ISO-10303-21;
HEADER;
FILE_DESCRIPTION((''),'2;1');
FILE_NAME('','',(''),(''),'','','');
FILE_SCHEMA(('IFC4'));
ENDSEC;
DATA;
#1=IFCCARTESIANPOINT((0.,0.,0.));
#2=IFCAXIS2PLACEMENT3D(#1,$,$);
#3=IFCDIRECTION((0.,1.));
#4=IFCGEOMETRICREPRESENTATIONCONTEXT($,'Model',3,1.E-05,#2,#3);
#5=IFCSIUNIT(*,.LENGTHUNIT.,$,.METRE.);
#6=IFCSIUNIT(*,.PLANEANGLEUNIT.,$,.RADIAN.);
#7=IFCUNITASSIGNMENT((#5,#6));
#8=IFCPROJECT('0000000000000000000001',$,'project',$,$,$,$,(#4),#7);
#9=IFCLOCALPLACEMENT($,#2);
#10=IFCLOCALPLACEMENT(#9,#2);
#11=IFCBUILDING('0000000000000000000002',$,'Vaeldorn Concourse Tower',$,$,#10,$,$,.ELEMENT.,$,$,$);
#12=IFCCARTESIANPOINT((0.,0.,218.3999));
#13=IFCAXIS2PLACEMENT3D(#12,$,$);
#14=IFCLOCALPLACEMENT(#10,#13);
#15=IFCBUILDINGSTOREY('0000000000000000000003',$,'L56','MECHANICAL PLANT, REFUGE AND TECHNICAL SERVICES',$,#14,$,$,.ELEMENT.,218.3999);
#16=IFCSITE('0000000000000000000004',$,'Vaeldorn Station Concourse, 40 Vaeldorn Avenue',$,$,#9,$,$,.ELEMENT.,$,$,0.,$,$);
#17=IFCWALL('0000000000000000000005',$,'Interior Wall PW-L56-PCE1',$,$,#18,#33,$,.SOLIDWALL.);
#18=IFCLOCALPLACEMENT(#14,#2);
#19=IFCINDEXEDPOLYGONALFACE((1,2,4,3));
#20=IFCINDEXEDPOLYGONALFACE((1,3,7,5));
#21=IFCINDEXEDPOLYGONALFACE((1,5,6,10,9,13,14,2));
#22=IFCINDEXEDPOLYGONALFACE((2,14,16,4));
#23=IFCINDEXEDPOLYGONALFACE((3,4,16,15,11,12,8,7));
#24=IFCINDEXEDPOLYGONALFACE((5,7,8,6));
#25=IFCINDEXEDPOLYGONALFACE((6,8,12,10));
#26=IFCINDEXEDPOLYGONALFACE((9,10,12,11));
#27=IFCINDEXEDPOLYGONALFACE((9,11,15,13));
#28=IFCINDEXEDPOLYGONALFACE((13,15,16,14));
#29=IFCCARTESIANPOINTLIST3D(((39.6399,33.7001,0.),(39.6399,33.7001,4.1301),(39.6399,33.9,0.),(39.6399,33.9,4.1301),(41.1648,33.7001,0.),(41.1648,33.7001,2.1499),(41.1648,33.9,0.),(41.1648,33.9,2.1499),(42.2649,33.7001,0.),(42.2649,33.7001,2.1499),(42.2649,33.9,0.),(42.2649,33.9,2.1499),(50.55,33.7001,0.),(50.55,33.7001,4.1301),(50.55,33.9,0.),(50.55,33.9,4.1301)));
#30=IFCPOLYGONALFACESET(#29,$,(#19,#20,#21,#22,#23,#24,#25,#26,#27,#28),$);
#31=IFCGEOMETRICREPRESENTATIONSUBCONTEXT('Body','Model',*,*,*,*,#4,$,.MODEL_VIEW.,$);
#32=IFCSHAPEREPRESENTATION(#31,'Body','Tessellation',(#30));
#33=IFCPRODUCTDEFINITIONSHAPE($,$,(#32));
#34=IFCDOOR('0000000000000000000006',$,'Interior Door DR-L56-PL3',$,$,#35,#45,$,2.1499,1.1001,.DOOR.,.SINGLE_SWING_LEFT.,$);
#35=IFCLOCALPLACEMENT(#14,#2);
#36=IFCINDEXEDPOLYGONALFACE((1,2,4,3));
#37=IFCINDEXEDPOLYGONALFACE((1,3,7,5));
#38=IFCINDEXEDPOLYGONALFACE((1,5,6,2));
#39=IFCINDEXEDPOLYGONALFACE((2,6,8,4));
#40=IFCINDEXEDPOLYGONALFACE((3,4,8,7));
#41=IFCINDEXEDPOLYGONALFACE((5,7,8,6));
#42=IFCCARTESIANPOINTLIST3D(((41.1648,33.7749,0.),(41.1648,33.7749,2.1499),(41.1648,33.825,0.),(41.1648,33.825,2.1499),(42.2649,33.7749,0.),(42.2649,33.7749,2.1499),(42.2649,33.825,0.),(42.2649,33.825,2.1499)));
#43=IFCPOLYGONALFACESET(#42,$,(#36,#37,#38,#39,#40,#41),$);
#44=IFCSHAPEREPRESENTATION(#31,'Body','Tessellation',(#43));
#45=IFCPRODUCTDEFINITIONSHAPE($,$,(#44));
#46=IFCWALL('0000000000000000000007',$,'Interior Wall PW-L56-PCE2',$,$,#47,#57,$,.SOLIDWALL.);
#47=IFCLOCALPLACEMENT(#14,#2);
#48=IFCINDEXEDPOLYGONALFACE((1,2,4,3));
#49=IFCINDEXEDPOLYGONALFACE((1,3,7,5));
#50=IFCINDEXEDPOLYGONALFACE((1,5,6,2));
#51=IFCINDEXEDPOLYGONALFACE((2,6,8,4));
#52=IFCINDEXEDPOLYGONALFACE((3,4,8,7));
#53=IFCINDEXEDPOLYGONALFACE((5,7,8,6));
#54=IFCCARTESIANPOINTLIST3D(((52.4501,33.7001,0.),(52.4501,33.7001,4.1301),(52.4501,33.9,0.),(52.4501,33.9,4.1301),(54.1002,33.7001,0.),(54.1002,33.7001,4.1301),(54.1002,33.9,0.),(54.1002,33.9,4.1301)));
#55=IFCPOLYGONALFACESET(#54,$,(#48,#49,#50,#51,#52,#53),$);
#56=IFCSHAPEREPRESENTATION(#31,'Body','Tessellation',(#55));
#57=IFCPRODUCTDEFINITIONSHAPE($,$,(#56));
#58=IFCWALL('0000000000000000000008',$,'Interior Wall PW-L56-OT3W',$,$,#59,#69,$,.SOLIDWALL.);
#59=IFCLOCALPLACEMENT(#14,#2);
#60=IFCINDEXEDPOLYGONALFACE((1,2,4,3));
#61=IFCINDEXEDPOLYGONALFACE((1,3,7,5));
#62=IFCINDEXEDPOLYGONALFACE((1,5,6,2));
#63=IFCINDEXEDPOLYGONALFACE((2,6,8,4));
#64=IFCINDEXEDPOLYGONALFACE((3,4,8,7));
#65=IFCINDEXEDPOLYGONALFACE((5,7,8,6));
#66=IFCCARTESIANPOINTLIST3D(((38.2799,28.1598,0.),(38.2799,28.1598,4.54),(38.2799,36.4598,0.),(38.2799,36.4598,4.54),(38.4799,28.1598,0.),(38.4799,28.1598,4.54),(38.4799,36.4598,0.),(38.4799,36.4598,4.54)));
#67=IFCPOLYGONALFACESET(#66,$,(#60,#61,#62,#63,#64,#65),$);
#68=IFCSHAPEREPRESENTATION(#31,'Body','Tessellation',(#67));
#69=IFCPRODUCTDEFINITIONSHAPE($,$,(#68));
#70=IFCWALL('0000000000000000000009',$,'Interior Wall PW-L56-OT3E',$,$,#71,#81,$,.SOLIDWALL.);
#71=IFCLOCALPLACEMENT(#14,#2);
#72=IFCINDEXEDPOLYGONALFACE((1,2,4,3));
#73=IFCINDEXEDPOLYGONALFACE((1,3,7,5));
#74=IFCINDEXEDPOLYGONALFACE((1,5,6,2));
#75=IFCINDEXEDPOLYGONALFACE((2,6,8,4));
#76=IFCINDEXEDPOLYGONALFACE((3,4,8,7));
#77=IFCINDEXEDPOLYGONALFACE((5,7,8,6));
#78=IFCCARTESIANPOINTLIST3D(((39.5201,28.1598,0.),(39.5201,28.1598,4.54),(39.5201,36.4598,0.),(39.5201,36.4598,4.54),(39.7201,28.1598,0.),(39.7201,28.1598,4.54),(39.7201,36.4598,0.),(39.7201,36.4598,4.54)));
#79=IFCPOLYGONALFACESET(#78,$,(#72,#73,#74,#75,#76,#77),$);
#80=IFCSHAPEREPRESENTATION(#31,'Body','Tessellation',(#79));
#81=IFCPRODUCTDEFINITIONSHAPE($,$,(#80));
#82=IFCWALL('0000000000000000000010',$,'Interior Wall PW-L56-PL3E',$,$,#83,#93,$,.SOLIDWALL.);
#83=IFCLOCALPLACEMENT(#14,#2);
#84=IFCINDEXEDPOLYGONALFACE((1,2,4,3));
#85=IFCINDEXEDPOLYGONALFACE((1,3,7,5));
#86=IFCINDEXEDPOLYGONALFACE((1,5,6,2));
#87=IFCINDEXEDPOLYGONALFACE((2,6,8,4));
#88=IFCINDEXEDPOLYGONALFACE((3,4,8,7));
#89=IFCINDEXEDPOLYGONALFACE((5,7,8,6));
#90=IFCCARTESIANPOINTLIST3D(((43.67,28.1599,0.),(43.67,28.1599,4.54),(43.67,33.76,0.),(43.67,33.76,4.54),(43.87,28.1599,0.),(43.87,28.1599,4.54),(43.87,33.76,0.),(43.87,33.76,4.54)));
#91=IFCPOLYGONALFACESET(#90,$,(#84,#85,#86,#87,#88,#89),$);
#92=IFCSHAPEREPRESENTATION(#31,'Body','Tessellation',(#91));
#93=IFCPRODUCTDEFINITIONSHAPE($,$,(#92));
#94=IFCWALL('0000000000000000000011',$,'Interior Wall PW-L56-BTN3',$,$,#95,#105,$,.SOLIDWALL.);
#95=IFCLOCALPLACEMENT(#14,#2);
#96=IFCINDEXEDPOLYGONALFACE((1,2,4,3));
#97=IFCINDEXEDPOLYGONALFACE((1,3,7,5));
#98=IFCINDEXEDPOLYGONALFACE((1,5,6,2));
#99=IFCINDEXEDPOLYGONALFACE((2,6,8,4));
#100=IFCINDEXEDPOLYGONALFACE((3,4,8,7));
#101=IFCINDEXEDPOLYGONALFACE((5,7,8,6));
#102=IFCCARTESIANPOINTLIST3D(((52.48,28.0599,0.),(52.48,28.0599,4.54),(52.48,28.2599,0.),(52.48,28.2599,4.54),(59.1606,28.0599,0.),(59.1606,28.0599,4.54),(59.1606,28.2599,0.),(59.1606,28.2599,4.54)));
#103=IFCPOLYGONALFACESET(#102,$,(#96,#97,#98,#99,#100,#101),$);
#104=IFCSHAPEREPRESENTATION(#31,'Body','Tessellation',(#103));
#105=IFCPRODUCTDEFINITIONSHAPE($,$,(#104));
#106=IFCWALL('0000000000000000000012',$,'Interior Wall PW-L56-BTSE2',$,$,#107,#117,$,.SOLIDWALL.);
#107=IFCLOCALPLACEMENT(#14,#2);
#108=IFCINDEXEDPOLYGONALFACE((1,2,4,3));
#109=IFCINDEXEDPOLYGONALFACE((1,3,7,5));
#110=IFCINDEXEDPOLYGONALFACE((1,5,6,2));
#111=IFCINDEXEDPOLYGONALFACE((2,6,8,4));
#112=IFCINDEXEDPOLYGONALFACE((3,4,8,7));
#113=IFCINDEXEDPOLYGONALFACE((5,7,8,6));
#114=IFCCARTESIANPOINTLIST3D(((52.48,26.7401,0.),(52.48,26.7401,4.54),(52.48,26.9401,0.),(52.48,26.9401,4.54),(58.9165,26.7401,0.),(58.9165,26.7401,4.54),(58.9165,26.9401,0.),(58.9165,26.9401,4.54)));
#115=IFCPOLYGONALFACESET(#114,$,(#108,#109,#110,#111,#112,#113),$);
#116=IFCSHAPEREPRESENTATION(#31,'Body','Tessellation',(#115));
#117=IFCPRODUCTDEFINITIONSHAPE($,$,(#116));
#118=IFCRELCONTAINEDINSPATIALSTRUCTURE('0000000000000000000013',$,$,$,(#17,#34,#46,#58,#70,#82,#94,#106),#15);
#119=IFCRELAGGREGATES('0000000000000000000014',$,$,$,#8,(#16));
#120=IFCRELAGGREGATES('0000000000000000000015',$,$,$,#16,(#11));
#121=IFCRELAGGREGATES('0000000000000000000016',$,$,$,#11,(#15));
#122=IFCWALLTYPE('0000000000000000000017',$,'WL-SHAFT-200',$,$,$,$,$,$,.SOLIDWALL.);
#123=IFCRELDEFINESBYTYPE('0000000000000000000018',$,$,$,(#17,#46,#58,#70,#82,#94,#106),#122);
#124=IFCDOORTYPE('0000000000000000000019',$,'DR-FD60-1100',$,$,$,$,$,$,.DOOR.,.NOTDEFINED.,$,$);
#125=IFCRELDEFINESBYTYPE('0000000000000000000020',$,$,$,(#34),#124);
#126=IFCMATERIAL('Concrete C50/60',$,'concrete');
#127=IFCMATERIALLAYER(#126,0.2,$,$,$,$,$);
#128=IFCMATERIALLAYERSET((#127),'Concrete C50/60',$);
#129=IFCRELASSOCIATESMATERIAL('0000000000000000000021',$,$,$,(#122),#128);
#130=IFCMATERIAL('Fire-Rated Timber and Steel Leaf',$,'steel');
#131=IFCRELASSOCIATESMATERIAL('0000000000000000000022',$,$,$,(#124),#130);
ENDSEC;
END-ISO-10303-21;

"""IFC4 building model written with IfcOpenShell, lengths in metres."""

from ifc_helpers import new_model, si_unit, direction, frame, frame_2d, origin, place, context, subcontext, project, spatial, rectangle, extrude, source, transform, mapped, material, layer, layer_set, type_object, element, fill, save


model = new_model("IFC4")

# Units and contexts
model_context = context("Model", 3, precision=1e-05, world=origin(), true_north=direction((0.0, 1.0)))
body_context = subcontext(model_context, "Body", "Model", "MODEL_VIEW")
ifc_project = project(units=[si_unit("LENGTHUNIT", "METRE"), si_unit("PLANEANGLEUNIT", "RADIAN")], contexts=[model_context])

# Site, building, storey
site_placement = place(None, origin())
site = spatial("IfcSite", under=ifc_project, at=site_placement, Name="Vaeldorn Station Concourse, 40 Vaeldorn Avenue", CompositionType="ELEMENT", RefElevation=0.0)
building_placement = place(site_placement, origin())
building = spatial("IfcBuilding", under=site, at=building_placement, Name="Vaeldorn Concourse Tower", CompositionType="ELEMENT")
storey_placement = place(building_placement, frame((0.0, 0.0, 218.3999)))
storey = spatial("IfcBuildingStorey", under=building, at=storey_placement, Name="L56", Description="MECHANICAL PLANT, REFUGE AND TECHNICAL SERVICES", CompositionType="ELEMENT", Elevation=218.3999)

# Wall, opening, door
ifc_material_1 = material(Name="Concrete C50/60", Category="concrete")
ifc_layer_1 = layer(ifc_material_1, 0.2)
ifc_layer_set_1 = layer_set([ifc_layer_1], Name="Concrete C50/60")
wall_type = type_object("IfcWallType", Name="WL-SHAFT-200", PredefinedType="SOLIDWALL", material=ifc_layer_set_1)
wall_1_placement = place(storey_placement, frame((39.6399, 33.8, 0.0), z_axis=(0.0, 0.0, 1.0), x_axis=(1.0, 0.0, 0.0)))
wall_1 = element("IfcWall", 1, at=wall_1_placement, inside=storey, type_object=wall_type, Name="Interior Wall PW-L56-PCE1", PredefinedType="SOLIDWALL", context=body_context, shape_type="SweptSolid", body=[
    extrude(rectangle(XDim=10.9102, YDim=0.2, at=frame_2d((5.4551, 0.0))), origin(), (0.0, 0.0, 1.0), 4.1301),
])
opening_placement = place(wall_1_placement, frame((1.5249, 0.0, 0.0)))
opening = element("IfcOpeningElement", 2, at=opening_placement, cuts=wall_1, PredefinedType="OPENING", context=body_context, shape_type="SweptSolid", body=[
    extrude(rectangle(XDim=1.1001, YDim=2.1499, at=frame_2d((0.55, 1.075))), frame((0.0, 0.1099, 0.0), z_axis=(0.0, -1.0, 0.0), x_axis=(1.0, 0.0, 0.0)), (0.0, 0.0, 1.0), 0.22),
])
ifc_material_2 = material(Name="Fire-Rated Timber and Steel Leaf", Category="steel")
door_type = type_object("IfcDoorType", Name="DR-FD60-1100", OperationType="NOTDEFINED", PredefinedType="DOOR", material=ifc_material_2)
shared_shape_1 = source(origin(), body_context, "Body", "SweptSolid", [
    extrude(rectangle(XDim=1.1001, YDim=2.1499, at=frame_2d((0.55, 1.075))), frame((0.0, 0.0249, 0.0), z_axis=(0.0, -1.0, 0.0), x_axis=(1.0, 0.0, 0.0)), (0.0, 0.0, 1.0), 0.05),
])
door_placement = place(opening_placement, origin())
door = element("IfcDoor", 3, at=door_placement, inside=storey, type_object=door_type, Name="Interior Door DR-L56-PL3", OperationType="SINGLE_SWING_LEFT", OverallHeight=2.1499, OverallWidth=1.1001, PredefinedType="DOOR", context=body_context, shape_type="MappedRepresentation", body=[
    mapped(shared_shape_1, transform((0.0, 0.0, 0.0), scale=1.0)),
])
fill(opening, door)

# Walls
wall_2_placement = place(storey_placement, frame((52.45, 33.8, 0.0), z_axis=(0.0, 0.0, 1.0), x_axis=(1.0, 0.0, 0.0)))
element("IfcWall", 4, at=wall_2_placement, inside=storey, type_object=wall_type, Name="Interior Wall PW-L56-PCE2", PredefinedType="SOLIDWALL", context=body_context, shape_type="SweptSolid", body=[
    extrude(rectangle(XDim=1.6501, YDim=0.2, at=frame_2d((0.8252, 0.0))), origin(), (0.0, 0.0, 1.0), 4.1301),
])
for number, where, z_axis, x_axis, name in (
    (5, (38.3799, 28.1599, 0.0), (0.0, 0.0, 1.0), (0.0, 1.0, 0.0), "Interior Wall PW-L56-OT3W"),
    (6, (39.6201, 28.1599, 0.0), (0.0, 0.0, 1.0), (0.0, 1.0, 0.0), "Interior Wall PW-L56-OT3E"),
):
    element("IfcWall", number, at=place(storey_placement, frame(where, z_axis=z_axis, x_axis=x_axis)), inside=storey, type_object=wall_type, Name=name, PredefinedType="SOLIDWALL", context=body_context, shape_type="SweptSolid", body=[
        extrude(rectangle(XDim=8.3, YDim=0.2, at=frame_2d((4.1499, 0.0))), origin(), (0.0, 0.0, 1.0), 4.54),
    ])
wall_3_placement = place(storey_placement, frame((43.77, 28.1599, 0.0), z_axis=(0.0, 0.0, 1.0), x_axis=(0.0, 1.0, 0.0)))
element("IfcWall", 7, at=wall_3_placement, inside=storey, type_object=wall_type, Name="Interior Wall PW-L56-PL3E", PredefinedType="SOLIDWALL", context=body_context, shape_type="SweptSolid", body=[
    extrude(rectangle(XDim=5.6001, YDim=0.2, at=frame_2d((2.8, 0.0))), origin(), (0.0, 0.0, 1.0), 4.54),
])
wall_4_placement = place(storey_placement, frame((52.48, 28.1599, 0.0), z_axis=(0.0, 0.0, 1.0), x_axis=(1.0, 0.0, 0.0)))
element("IfcWall", 8, at=wall_4_placement, inside=storey, type_object=wall_type, Name="Interior Wall PW-L56-BTN3", PredefinedType="SOLIDWALL", context=body_context, shape_type="SweptSolid", body=[
    extrude(rectangle(XDim=6.6807, YDim=0.2, at=frame_2d((3.3403, 0.0))), origin(), (0.0, 0.0, 1.0), 4.54),
])
wall_5_placement = place(storey_placement, frame((52.48, 26.8401, 0.0), z_axis=(0.0, 0.0, 1.0), x_axis=(1.0, 0.0, 0.0)))
element("IfcWall", 9, at=wall_5_placement, inside=storey, type_object=wall_type, Name="Interior Wall PW-L56-BTSE2", PredefinedType="SOLIDWALL", context=body_context, shape_type="SweptSolid", body=[
    extrude(rectangle(XDim=6.4365, YDim=0.2, at=frame_2d((3.2183, 0.0))), origin(), (0.0, 0.0, 1.0), 4.54),
])

save(model, "model.ifc")
